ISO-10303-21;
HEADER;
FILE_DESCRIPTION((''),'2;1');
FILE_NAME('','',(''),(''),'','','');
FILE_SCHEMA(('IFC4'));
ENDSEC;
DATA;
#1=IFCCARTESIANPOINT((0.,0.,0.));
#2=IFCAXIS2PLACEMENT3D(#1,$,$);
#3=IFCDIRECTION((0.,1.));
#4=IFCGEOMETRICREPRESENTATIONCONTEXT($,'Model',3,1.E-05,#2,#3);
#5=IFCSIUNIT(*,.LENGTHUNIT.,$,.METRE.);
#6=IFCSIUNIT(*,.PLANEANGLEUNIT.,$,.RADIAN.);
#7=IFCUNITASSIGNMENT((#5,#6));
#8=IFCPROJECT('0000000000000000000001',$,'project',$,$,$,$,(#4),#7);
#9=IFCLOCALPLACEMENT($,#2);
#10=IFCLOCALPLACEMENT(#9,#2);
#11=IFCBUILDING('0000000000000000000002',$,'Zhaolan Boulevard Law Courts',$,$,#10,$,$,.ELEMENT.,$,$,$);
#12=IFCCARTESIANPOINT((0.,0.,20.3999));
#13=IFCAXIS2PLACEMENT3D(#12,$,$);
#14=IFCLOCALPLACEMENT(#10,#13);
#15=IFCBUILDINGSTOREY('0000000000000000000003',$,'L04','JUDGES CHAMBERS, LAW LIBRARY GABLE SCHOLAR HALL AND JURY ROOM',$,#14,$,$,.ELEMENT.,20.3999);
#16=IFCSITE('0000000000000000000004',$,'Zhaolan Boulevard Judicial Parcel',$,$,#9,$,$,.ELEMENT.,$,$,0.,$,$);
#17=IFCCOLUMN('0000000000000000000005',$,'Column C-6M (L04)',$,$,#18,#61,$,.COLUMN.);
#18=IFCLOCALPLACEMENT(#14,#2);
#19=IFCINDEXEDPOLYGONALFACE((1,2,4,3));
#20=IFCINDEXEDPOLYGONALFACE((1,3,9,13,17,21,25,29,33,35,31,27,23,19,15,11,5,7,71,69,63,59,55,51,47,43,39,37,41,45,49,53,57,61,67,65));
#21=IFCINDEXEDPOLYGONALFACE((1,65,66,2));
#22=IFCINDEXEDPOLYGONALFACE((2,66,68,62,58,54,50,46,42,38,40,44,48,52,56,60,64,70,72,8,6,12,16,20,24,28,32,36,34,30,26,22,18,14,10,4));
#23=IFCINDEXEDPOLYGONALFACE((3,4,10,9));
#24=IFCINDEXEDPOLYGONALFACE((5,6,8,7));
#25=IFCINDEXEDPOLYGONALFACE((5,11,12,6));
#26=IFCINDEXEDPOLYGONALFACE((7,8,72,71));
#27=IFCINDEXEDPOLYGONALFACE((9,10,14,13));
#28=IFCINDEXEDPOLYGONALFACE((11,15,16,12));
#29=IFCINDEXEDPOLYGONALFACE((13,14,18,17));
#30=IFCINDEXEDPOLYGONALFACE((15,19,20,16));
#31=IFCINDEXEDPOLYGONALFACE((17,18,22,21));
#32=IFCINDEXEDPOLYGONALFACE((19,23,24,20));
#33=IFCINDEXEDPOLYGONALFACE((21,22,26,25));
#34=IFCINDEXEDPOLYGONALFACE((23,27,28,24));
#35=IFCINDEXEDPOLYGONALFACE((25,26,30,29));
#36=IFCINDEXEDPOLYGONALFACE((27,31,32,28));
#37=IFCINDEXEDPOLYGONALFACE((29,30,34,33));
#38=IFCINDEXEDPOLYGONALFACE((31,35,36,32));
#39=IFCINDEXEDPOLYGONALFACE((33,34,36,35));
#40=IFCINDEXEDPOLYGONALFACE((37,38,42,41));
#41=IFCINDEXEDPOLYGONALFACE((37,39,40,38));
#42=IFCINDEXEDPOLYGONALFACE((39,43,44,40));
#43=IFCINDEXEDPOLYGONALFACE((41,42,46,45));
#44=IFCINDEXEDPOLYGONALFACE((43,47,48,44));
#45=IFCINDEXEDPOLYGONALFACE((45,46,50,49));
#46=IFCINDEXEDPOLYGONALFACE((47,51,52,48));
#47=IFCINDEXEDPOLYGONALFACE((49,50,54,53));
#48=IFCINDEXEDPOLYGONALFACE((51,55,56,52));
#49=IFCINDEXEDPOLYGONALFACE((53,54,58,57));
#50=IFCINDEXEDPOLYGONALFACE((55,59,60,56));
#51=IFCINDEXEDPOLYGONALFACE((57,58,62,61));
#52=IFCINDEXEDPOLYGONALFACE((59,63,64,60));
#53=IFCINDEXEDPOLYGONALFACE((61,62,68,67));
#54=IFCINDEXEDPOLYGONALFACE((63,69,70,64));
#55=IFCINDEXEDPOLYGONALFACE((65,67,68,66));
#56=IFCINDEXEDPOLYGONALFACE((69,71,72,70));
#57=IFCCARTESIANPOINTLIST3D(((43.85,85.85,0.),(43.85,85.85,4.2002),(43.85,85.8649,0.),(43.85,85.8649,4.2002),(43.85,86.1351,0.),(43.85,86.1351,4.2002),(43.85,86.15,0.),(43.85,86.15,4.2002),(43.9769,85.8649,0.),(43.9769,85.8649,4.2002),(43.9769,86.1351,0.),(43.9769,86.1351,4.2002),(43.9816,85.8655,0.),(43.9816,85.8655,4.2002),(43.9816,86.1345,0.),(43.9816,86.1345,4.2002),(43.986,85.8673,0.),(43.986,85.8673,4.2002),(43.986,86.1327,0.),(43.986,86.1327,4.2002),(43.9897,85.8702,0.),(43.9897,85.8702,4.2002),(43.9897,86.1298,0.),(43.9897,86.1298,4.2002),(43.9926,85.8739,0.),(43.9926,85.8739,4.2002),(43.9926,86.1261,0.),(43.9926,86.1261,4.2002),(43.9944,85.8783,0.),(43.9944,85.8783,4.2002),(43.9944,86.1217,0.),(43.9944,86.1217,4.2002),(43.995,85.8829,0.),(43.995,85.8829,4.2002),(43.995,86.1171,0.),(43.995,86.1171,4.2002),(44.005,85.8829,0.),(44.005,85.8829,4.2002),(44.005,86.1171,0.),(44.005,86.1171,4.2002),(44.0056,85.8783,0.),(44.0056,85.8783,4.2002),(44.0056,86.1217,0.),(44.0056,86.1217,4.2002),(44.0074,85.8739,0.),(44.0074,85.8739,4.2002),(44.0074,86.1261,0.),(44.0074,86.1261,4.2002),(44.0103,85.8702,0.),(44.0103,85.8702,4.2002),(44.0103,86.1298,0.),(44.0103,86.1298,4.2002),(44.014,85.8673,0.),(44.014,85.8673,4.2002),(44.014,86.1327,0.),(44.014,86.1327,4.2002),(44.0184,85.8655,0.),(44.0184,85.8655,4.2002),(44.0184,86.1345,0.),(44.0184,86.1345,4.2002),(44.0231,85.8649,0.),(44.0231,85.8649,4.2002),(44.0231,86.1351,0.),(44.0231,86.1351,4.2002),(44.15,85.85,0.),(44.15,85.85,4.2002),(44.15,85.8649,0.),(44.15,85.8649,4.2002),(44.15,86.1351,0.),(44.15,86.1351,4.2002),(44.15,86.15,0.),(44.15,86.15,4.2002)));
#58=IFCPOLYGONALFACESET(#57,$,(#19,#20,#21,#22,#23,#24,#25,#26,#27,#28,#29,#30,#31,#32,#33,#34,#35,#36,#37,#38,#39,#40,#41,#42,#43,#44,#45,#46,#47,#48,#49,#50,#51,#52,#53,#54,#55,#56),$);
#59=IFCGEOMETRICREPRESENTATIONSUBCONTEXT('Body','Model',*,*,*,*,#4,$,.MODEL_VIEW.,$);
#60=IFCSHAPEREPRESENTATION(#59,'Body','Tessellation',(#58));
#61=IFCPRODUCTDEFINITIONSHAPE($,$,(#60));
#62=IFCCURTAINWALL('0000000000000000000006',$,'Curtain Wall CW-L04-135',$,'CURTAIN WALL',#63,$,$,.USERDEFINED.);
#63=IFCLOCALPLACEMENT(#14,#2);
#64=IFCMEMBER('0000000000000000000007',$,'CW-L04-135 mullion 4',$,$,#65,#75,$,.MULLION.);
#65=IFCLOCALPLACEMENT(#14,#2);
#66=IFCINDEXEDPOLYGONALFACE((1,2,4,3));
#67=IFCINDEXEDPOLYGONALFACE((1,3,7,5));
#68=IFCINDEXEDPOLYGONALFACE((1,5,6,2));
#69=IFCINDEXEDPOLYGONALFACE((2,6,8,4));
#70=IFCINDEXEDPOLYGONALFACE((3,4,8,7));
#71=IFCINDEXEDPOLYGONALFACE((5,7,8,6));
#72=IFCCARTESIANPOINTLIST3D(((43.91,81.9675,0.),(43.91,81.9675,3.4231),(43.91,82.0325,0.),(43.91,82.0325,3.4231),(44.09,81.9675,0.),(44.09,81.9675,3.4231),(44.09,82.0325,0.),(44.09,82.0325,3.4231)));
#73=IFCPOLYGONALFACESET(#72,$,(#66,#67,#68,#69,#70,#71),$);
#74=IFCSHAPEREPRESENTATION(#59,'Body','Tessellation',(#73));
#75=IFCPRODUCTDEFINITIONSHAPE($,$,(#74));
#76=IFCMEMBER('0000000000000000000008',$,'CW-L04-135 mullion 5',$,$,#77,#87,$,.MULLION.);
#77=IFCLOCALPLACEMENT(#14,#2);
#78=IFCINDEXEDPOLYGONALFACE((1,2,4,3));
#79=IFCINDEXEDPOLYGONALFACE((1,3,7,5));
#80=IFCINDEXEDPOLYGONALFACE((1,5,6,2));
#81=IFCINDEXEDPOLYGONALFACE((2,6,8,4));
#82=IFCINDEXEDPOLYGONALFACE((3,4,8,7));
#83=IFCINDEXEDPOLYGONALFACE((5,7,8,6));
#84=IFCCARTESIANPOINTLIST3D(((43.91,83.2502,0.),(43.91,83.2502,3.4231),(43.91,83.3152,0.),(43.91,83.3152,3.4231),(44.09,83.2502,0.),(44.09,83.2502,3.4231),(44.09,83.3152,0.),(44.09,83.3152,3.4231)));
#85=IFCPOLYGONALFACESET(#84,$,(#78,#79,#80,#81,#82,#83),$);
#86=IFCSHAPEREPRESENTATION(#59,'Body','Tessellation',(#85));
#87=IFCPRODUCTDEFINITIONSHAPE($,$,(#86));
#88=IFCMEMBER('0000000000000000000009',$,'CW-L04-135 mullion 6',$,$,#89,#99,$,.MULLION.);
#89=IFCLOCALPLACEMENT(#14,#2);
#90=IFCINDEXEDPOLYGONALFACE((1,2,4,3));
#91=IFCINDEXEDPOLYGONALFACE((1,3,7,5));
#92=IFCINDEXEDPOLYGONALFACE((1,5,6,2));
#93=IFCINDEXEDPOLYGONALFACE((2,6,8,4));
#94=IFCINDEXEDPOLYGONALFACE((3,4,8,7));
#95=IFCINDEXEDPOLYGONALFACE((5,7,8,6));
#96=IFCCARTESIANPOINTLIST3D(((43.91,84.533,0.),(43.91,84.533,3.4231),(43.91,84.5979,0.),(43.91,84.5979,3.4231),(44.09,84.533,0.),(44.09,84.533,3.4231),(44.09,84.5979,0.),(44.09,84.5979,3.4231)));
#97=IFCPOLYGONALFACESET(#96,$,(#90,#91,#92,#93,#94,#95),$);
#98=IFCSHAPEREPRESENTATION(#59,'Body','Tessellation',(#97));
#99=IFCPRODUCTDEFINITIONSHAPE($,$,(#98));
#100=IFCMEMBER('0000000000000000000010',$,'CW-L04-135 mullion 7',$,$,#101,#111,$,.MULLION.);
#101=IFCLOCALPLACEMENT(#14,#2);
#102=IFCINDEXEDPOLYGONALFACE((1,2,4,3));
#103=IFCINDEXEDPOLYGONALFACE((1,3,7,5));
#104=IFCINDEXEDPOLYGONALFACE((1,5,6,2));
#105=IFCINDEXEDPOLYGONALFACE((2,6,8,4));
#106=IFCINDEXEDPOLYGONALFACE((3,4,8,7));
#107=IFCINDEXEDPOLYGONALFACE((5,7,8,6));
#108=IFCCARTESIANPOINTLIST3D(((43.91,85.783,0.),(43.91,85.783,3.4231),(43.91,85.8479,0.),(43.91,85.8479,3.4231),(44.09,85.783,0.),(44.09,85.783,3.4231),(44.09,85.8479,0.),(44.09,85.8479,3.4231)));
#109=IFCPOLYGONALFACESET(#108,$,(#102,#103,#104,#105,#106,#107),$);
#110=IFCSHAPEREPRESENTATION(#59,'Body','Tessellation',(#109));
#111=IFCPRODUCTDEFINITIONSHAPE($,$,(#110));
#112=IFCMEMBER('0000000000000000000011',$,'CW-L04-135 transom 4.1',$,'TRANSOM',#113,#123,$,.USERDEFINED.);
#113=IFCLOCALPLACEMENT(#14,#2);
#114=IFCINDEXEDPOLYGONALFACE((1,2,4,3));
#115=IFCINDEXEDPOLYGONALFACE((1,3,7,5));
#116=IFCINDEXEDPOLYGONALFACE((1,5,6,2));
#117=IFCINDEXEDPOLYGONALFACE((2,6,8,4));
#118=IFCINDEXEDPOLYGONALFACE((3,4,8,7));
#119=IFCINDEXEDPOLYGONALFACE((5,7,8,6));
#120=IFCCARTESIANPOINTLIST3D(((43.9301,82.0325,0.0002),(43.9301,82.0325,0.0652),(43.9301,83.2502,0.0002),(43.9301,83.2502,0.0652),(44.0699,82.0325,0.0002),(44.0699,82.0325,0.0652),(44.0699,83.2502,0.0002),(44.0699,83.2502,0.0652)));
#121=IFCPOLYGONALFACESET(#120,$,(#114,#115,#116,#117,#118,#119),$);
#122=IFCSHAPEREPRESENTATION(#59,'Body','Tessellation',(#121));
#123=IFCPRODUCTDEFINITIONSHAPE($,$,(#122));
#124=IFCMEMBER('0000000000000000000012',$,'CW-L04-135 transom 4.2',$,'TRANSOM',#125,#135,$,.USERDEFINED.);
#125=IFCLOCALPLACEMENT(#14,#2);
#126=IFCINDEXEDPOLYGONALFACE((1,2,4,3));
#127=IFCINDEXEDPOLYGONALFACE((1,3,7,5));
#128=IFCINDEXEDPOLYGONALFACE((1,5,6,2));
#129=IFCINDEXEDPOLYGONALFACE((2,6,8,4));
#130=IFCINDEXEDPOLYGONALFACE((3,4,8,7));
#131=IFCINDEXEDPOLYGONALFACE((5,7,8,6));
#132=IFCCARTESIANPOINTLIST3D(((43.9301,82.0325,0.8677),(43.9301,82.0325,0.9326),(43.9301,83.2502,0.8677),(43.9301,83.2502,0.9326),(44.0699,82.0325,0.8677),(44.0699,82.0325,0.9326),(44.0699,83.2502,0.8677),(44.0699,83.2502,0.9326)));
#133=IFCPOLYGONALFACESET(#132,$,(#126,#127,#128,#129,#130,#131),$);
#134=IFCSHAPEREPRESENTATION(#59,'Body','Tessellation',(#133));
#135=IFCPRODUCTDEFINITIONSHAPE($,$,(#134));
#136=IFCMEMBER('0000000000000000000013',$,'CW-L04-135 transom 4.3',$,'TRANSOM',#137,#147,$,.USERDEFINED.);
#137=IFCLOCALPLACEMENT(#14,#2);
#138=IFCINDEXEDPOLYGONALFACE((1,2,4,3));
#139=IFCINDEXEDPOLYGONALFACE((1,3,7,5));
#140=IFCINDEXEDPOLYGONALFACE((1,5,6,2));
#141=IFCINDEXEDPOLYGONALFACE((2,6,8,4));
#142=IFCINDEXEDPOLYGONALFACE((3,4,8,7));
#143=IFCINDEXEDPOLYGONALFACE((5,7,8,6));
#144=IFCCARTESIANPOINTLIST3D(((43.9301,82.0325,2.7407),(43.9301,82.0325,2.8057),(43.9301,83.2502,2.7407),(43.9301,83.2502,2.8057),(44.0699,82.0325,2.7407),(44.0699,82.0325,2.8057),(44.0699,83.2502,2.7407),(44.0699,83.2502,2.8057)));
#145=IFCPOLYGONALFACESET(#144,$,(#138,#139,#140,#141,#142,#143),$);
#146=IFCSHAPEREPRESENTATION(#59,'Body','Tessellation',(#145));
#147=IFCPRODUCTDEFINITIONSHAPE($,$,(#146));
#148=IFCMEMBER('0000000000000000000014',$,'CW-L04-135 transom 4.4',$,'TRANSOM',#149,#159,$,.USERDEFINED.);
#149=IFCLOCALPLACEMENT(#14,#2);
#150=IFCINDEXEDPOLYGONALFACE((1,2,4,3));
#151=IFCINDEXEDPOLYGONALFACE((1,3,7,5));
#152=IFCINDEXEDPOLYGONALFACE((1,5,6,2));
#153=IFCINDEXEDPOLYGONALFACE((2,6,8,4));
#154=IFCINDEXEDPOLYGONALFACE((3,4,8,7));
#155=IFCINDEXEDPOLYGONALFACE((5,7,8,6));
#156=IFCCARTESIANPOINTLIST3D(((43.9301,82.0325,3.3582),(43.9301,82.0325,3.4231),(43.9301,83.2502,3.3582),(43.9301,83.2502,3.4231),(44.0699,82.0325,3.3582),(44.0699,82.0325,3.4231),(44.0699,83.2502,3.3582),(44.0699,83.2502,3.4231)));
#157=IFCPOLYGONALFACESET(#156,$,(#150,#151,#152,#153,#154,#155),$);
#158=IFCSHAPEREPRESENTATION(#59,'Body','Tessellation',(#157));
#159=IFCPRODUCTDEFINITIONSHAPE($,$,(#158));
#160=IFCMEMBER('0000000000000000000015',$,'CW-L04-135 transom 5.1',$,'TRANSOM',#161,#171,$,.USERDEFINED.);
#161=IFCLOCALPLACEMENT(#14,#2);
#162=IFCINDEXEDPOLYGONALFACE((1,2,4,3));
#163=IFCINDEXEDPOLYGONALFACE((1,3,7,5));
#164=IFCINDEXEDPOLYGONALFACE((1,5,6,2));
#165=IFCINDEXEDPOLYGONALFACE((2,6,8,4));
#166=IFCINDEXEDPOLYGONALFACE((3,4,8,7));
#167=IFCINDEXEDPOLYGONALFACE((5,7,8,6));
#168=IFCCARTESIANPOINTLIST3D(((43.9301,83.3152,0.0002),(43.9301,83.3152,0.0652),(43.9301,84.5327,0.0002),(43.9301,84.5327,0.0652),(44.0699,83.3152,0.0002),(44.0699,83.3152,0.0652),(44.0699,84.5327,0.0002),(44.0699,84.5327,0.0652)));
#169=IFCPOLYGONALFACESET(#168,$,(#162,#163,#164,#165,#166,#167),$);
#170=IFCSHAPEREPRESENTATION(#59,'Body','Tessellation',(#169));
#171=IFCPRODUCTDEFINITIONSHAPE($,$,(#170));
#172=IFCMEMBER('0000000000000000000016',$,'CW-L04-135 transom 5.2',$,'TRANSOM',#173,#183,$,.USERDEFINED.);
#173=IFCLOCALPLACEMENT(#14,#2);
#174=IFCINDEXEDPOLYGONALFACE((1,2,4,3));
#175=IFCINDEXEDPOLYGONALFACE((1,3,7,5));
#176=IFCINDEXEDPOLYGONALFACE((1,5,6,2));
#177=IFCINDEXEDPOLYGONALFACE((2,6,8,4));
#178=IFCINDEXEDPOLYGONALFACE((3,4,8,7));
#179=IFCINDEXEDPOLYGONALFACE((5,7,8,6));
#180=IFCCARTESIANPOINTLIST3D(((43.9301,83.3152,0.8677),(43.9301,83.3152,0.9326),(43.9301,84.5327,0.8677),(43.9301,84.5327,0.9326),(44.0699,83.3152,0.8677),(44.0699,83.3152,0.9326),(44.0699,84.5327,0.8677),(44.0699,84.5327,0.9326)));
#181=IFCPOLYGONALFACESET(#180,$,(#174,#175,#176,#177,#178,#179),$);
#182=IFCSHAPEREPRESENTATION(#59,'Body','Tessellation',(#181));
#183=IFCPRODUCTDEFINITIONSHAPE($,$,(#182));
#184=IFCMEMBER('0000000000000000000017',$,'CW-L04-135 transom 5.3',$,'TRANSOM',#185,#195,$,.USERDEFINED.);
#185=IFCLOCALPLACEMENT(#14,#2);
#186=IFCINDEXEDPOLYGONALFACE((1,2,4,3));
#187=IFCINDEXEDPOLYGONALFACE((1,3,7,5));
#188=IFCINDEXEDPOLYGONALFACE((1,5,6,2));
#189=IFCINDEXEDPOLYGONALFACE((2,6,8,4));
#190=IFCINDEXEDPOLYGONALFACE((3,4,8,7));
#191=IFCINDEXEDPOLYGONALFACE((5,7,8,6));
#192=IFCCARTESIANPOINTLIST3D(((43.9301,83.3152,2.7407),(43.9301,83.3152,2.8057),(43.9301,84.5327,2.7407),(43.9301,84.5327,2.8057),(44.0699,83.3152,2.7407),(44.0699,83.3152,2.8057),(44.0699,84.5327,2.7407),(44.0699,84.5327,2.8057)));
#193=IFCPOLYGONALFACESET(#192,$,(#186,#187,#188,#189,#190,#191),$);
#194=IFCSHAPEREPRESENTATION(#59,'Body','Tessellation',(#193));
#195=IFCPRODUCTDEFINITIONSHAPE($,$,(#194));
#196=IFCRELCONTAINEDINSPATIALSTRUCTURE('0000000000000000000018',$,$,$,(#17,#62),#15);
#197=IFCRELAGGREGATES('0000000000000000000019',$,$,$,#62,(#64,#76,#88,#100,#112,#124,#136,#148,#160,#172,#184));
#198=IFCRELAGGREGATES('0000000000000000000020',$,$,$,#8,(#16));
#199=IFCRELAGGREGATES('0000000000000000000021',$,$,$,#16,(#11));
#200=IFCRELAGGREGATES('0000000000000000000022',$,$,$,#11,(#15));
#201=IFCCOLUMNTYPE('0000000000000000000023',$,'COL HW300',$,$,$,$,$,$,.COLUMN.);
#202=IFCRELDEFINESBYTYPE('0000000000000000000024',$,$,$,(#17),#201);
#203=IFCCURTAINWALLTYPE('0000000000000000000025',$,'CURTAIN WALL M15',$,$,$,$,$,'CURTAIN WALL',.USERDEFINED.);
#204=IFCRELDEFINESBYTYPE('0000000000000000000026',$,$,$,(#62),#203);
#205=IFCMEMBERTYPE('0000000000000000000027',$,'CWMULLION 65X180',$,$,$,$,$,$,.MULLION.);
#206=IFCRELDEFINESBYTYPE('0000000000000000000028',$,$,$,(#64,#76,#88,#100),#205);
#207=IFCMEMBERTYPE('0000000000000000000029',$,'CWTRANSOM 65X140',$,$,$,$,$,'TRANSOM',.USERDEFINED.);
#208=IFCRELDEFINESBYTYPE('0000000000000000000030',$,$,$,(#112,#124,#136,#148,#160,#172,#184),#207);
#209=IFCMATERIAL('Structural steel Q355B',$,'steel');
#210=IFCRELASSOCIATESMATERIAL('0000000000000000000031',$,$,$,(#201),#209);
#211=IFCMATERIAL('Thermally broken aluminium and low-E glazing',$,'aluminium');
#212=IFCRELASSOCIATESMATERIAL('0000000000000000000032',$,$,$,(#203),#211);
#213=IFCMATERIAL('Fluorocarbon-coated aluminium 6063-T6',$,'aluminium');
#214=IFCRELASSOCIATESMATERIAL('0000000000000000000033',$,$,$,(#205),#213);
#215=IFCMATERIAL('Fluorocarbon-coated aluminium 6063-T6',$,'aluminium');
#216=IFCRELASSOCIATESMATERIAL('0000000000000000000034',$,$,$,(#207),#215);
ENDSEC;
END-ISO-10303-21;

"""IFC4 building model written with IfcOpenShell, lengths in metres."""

from ifc_helpers import new_model, si_unit, direction, frame, origin, origin_2d, place, context, subcontext, project, spatial, rectangle, i_section, extrude, material, material_profile, profile_set, type_object, element, aggregate, save


model = new_model("IFC4")

# Units and contexts
model_context = context("Model", 3, precision=1e-05, world=origin(), true_north=direction((0.0, 1.0)))
body_context = subcontext(model_context, "Body", "Model", "MODEL_VIEW")
ifc_project = project(units=[si_unit("LENGTHUNIT", "METRE"), si_unit("PLANEANGLEUNIT", "RADIAN")], contexts=[model_context])

# Site, building, storey
site_placement = place(None, origin())
site = spatial("IfcSite", under=ifc_project, at=site_placement, Name="Zhaolan Boulevard Judicial Parcel", CompositionType="ELEMENT", RefElevation=0.0)
building_placement = place(site_placement, origin())
building = spatial("IfcBuilding", under=site, at=building_placement, Name="Zhaolan Boulevard Law Courts", CompositionType="ELEMENT")
storey_placement = place(building_placement, frame((0.0, 0.0, 20.3999)))
storey = spatial("IfcBuildingStorey", under=building, at=storey_placement, Name="L04", Description="JUDGES CHAMBERS, LAW LIBRARY GABLE SCHOLAR HALL AND JURY ROOM", CompositionType="ELEMENT", Elevation=20.3999)

# Column
ifc_material_1 = material(Name="Structural steel Q355B", Category="steel")
ifc_material_profile_1 = material_profile(ifc_material_1, i_section(OverallWidth=0.3, OverallDepth=0.3, WebThickness=0.01, FlangeThickness=0.0149, FilletRadius=0.0181, at=origin_2d()), Name="HW300x300")
ifc_profile_set_1 = profile_set([ifc_material_profile_1], Name="Structural steel Q355B")
column_type = type_object("IfcColumnType", Name="COL HW300", PredefinedType="COLUMN", material=ifc_profile_set_1)
column_placement = place(storey_placement, frame((44.0, 86.0, 0.0), z_axis=(0.0, 0.0, 1.0), x_axis=(1.0, 0.0, 0.0)))
element("IfcColumn", 1, at=column_placement, inside=storey, type_object=column_type, Name="Column C-6M (L04)", PredefinedType="COLUMN", context=body_context, shape_type="SweptSolid", body=[
    extrude(i_section(OverallWidth=0.3, OverallDepth=0.3, WebThickness=0.01, FlangeThickness=0.0149, FilletRadius=0.0181, at=origin_2d()), origin(), (0.0, 0.0, 1.0), 4.2002),
])

# Curtain wall, members
ifc_material_2 = material(Name="Thermally broken aluminium and low-E glazing", Category="aluminium")
curtain_wall_type = type_object("IfcCurtainWallType", Name="CURTAIN WALL M15", ElementType="CURTAIN WALL", PredefinedType="USERDEFINED", material=ifc_material_2)
curtain_wall_placement = place(storey_placement, origin())
curtain_wall = element("IfcCurtainWall", 2, at=curtain_wall_placement, inside=storey, type_object=curtain_wall_type, Name="Curtain Wall CW-L04-135", ObjectType="CURTAIN WALL", PredefinedType="USERDEFINED")
ifc_material_3 = material(Name="Fluorocarbon-coated aluminium 6063-T6", Category="aluminium")
ifc_material_profile_2 = material_profile(ifc_material_3, rectangle(XDim=0.1799, YDim=0.0649, at=origin_2d()), Name="AL65x180")
ifc_profile_set_2 = profile_set([ifc_material_profile_2], Name="Fluorocarbon-coated aluminium 6063-T6")
member_type_1 = type_object("IfcMemberType", Name="CWMULLION 65X180", PredefinedType="MULLION", material=ifc_profile_set_2)
member_1_placement = place(storey_placement, frame((44.0, 82.0, 0.0), z_axis=(0.0, 0.0, 1.0), x_axis=(-1.0, 0.0, 0.0)))
member_1 = element("IfcMember", 3, at=member_1_placement, type_object=member_type_1, Name="CW-L04-135 mullion 4", PredefinedType="MULLION", context=body_context, shape_type="SweptSolid", body=[
    extrude(rectangle(XDim=0.1799, YDim=0.0649, at=origin_2d()), origin(), (0.0, 0.0, 1.0), 3.4231),
])
member_2_placement = place(storey_placement, frame((44.0, 83.2827, 0.0), z_axis=(0.0, 0.0, 1.0), x_axis=(-1.0, 0.0, 0.0)))
member_2 = element("IfcMember", 4, at=member_2_placement, type_object=member_type_1, Name="CW-L04-135 mullion 5", PredefinedType="MULLION", context=body_context, shape_type="SweptSolid", body=[
    extrude(rectangle(XDim=0.1799, YDim=0.0649, at=origin_2d()), origin(), (0.0, 0.0, 1.0), 3.4231),
])
member_3_placement = place(storey_placement, frame((44.0, 84.5654, 0.0), z_axis=(0.0, 0.0, 1.0), x_axis=(-1.0, 0.0, 0.0)))
member_3 = element("IfcMember", 5, at=member_3_placement, type_object=member_type_1, Name="CW-L04-135 mullion 6", PredefinedType="MULLION", context=body_context, shape_type="SweptSolid", body=[
    extrude(rectangle(XDim=0.1799, YDim=0.0649, at=origin_2d()), origin(), (0.0, 0.0, 1.0), 3.4231),
])
member_4_placement = place(storey_placement, frame((44.0, 85.8154, 0.0), z_axis=(0.0, 0.0, 1.0), x_axis=(-1.0, 0.0, 0.0)))
member_4 = element("IfcMember", 6, at=member_4_placement, type_object=member_type_1, Name="CW-L04-135 mullion 7", PredefinedType="MULLION", context=body_context, shape_type="SweptSolid", body=[
    extrude(rectangle(XDim=0.1799, YDim=0.0649, at=origin_2d()), origin(), (0.0, 0.0, 1.0), 3.4231),
])
ifc_material_4 = material(Name="Fluorocarbon-coated aluminium 6063-T6", Category="aluminium")
ifc_material_profile_3 = material_profile(ifc_material_4, rectangle(XDim=0.1399, YDim=0.0649, at=origin_2d()), Name="AL65x140")
ifc_profile_set_3 = profile_set([ifc_material_profile_3], Name="Fluorocarbon-coated aluminium 6063-T6")
member_type_2 = type_object("IfcMemberType", Name="CWTRANSOM 65X140", ElementType="TRANSOM", PredefinedType="USERDEFINED", material=ifc_profile_set_3)
member_5_placement = place(storey_placement, frame((44.0, 82.0325, 0.0327), z_axis=(0.0, 1.0, 0.0), x_axis=(-1.0, 0.0, 0.0)))
member_5 = element("IfcMember", 7, at=member_5_placement, type_object=member_type_2, Name="CW-L04-135 transom 4.1", ObjectType="TRANSOM", PredefinedType="USERDEFINED", context=body_context, shape_type="SweptSolid", body=[
    extrude(rectangle(XDim=0.1399, YDim=0.0649, at=origin_2d()), origin(), (0.0, 0.0, 1.0), 1.2178),
])
member_6_placement = place(storey_placement, frame((44.0, 82.0325, 0.9001), z_axis=(0.0, 1.0, 0.0), x_axis=(-1.0, 0.0, 0.0)))
member_6 = element("IfcMember", 8, at=member_6_placement, type_object=member_type_2, Name="CW-L04-135 transom 4.2", ObjectType="TRANSOM", PredefinedType="USERDEFINED", context=body_context, shape_type="SweptSolid", body=[
    extrude(rectangle(XDim=0.1399, YDim=0.0649, at=origin_2d()), origin(), (0.0, 0.0, 1.0), 1.2178),
])
member_7_placement = place(storey_placement, frame((44.0, 82.0325, 2.7732), z_axis=(0.0, 1.0, 0.0), x_axis=(-1.0, 0.0, 0.0)))
member_7 = element("IfcMember", 9, at=member_7_placement, type_object=member_type_2, Name="CW-L04-135 transom 4.3", ObjectType="TRANSOM", PredefinedType="USERDEFINED", context=body_context, shape_type="SweptSolid", body=[
    extrude(rectangle(XDim=0.1399, YDim=0.0649, at=origin_2d()), origin(), (0.0, 0.0, 1.0), 1.2178),
])
member_8_placement = place(storey_placement, frame((44.0, 82.0325, 3.3906), z_axis=(0.0, 1.0, 0.0), x_axis=(-1.0, 0.0, 0.0)))
member_8 = element("IfcMember", 10, at=member_8_placement, type_object=member_type_2, Name="CW-L04-135 transom 4.4", ObjectType="TRANSOM", PredefinedType="USERDEFINED", context=body_context, shape_type="SweptSolid", body=[
    extrude(rectangle(XDim=0.1399, YDim=0.0649, at=origin_2d()), origin(), (0.0, 0.0, 1.0), 1.2178),
])
member_9_placement = place(storey_placement, frame((44.0, 83.3152, 0.0327), z_axis=(0.0, 1.0, 0.0), x_axis=(-1.0, 0.0, 0.0)))
member_9 = element("IfcMember", 11, at=member_9_placement, type_object=member_type_2, Name="CW-L04-135 transom 5.1", ObjectType="TRANSOM", PredefinedType="USERDEFINED", context=body_context, shape_type="SweptSolid", body=[
    extrude(rectangle(XDim=0.1399, YDim=0.0649, at=origin_2d()), origin(), (0.0, 0.0, 1.0), 1.2175),
])
member_10_placement = place(storey_placement, frame((44.0, 83.3152, 0.9001), z_axis=(0.0, 1.0, 0.0), x_axis=(-1.0, 0.0, 0.0)))
member_10 = element("IfcMember", 12, at=member_10_placement, type_object=member_type_2, Name="CW-L04-135 transom 5.2", ObjectType="TRANSOM", PredefinedType="USERDEFINED", context=body_context, shape_type="SweptSolid", body=[
    extrude(rectangle(XDim=0.1399, YDim=0.0649, at=origin_2d()), origin(), (0.0, 0.0, 1.0), 1.2175),
])
member_11_placement = place(storey_placement, frame((44.0, 83.3152, 2.7732), z_axis=(0.0, 1.0, 0.0), x_axis=(-1.0, 0.0, 0.0)))
member_11 = element("IfcMember", 13, at=member_11_placement, type_object=member_type_2, Name="CW-L04-135 transom 5.3", ObjectType="TRANSOM", PredefinedType="USERDEFINED", context=body_context, shape_type="SweptSolid", body=[
    extrude(rectangle(XDim=0.1399, YDim=0.0649, at=origin_2d()), origin(), (0.0, 0.0, 1.0), 1.2175),
])

aggregate(curtain_wall, [member_1, member_2, member_3, member_4, member_5, member_6, member_7, member_8, member_9, member_10, member_11])

save(model, "model.ifc")
